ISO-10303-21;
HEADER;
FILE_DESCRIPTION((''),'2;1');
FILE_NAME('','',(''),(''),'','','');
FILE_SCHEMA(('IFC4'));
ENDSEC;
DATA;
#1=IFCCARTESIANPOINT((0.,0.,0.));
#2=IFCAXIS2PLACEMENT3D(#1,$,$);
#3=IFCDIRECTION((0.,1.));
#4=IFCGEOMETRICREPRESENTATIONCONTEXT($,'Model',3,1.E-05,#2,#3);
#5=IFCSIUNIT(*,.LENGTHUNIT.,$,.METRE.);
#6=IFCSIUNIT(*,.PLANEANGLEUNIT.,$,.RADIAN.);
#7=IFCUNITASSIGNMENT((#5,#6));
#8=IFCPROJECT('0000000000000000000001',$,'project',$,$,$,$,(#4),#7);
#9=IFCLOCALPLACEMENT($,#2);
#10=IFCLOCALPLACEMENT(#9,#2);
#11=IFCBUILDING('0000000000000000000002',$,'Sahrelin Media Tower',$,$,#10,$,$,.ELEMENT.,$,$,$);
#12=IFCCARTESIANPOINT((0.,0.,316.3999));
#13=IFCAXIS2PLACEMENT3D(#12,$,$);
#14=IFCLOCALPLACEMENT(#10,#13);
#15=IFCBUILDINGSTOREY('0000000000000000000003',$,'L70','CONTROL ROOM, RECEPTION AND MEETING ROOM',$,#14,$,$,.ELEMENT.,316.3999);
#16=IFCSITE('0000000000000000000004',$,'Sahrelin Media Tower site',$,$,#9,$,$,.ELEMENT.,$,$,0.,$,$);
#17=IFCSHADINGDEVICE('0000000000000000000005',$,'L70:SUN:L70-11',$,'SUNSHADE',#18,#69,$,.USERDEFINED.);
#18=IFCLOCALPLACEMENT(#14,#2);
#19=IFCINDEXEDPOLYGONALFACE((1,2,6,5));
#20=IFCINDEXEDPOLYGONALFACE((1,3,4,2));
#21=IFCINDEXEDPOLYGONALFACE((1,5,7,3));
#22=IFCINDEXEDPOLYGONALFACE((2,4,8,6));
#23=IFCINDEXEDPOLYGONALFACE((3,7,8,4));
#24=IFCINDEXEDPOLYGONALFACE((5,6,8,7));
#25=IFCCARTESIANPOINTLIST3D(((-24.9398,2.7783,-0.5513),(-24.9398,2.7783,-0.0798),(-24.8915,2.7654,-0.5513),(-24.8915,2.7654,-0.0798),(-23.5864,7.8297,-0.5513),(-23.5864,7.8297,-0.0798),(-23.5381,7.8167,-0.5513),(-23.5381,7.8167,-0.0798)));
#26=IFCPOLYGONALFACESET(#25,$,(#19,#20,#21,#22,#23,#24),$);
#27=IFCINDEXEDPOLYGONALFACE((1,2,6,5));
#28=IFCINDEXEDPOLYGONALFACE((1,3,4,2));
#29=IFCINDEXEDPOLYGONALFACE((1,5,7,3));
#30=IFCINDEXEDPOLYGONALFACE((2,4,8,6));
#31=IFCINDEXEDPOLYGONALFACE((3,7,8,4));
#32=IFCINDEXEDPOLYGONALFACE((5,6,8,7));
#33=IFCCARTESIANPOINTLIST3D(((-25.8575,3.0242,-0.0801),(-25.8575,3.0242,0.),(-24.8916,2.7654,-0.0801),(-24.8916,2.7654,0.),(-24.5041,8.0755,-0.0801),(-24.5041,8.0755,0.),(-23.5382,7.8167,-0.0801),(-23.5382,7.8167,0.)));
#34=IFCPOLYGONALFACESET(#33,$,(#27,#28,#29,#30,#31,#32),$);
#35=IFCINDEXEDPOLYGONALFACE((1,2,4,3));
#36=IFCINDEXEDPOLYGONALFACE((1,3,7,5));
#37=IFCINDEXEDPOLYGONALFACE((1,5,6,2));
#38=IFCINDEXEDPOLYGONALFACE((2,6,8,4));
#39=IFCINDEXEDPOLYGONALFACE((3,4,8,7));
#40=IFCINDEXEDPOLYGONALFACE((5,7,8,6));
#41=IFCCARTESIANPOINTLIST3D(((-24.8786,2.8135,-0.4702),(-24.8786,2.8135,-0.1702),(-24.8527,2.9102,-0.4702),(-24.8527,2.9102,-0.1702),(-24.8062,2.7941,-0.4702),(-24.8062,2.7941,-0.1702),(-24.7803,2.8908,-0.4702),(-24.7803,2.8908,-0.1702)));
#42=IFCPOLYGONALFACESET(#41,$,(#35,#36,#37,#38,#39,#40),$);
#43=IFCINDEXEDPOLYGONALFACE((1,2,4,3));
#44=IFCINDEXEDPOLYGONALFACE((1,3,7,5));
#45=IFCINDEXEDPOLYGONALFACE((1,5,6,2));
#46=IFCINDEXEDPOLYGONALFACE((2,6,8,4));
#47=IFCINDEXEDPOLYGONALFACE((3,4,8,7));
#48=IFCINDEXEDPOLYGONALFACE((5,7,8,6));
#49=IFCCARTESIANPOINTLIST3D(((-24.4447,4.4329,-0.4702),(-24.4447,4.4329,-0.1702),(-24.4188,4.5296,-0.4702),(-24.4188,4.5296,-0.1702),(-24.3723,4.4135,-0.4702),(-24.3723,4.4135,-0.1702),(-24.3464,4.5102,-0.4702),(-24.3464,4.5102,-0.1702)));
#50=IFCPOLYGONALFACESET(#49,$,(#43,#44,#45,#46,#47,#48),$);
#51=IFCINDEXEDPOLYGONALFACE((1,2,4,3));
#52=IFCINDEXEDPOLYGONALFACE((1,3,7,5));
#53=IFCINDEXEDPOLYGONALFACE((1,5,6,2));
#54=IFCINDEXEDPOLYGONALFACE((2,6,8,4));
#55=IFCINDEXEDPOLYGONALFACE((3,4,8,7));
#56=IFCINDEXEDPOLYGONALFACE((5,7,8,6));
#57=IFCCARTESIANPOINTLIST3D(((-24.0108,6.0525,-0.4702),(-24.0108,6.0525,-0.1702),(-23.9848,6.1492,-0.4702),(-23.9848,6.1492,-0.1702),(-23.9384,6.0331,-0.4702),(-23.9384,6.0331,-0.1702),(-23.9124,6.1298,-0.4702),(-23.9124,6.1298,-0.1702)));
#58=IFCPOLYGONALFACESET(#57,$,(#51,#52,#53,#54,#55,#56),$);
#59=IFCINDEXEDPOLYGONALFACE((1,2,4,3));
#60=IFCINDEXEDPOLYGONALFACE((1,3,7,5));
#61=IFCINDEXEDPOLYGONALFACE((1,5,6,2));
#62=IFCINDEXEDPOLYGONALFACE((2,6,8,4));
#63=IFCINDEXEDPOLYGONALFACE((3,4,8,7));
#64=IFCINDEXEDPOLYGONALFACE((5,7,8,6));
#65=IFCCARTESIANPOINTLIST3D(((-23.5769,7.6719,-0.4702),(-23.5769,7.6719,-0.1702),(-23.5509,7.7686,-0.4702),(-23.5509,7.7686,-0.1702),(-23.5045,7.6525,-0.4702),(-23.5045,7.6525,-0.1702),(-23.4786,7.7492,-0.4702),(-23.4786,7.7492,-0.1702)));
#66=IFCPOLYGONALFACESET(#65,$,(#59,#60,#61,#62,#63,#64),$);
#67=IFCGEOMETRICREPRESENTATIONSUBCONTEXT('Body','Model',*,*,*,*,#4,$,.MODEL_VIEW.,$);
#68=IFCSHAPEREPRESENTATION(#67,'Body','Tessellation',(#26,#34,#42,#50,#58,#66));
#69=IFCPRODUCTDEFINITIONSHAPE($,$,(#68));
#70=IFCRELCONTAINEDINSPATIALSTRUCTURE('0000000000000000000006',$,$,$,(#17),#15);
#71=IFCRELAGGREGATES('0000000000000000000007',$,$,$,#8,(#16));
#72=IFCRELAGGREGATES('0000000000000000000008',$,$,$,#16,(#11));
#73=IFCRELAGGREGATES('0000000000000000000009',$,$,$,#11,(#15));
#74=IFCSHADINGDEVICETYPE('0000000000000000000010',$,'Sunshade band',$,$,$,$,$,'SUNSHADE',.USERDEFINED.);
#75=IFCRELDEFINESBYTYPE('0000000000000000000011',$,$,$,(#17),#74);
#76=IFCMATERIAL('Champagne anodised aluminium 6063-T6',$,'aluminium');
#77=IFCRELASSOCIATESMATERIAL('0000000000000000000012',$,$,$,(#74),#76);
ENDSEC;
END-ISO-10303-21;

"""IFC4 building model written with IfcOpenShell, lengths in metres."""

from ifc_helpers import new_model, si_unit, direction, frame, origin, origin_2d, place, context, subcontext, project, spatial, rectangle, extrude, material, type_object, element, save


model = new_model("IFC4")

# Units and contexts
model_context = context("Model", 3, precision=1e-05, world=origin(), true_north=direction((0.0, 1.0)))
body_context = subcontext(model_context, "Body", "Model", "MODEL_VIEW")
ifc_project = project(units=[si_unit("LENGTHUNIT", "METRE"), si_unit("PLANEANGLEUNIT", "RADIAN")], contexts=[model_context])

# Site, building, storey
site_placement = place(None, origin())
site = spatial("IfcSite", under=ifc_project, at=site_placement, Name="Sahrelin Media Tower site", CompositionType="ELEMENT", RefElevation=0.0)
building_placement = place(site_placement, origin())
building = spatial("IfcBuilding", under=site, at=building_placement, Name="Sahrelin Media Tower", CompositionType="ELEMENT")
storey_placement = place(building_placement, frame((0.0, 0.0, 316.3999)))
storey = spatial("IfcBuildingStorey", under=building, at=storey_placement, Name="L70", Description="CONTROL ROOM, RECEPTION AND MEETING ROOM", CompositionType="ELEMENT", Elevation=316.3999)

# Shared definitions
ifc_material_1 = material(Name="Champagne anodised aluminium 6063-T6", Category="aluminium")

# Shading device
placement_1 = place(storey_placement, frame((-24.1956, 5.2859, 0.0), z_axis=(0.0, 0.0, 1.0), x_axis=(0.258808, 0.965929, 0.0)))
shading_device_type_1 = type_object("IfcShadingDeviceType", Name="Sunshade band", ElementType="SUNSHADE", PredefinedType="USERDEFINED", material=ifc_material_1)
element("IfcShadingDevice", 1, at=placement_1, inside=storey, type_object=shading_device_type_1, Name="L70:SUN:L70-11", ObjectType="SUNSHADE", PredefinedType="USERDEFINED", context=body_context, shape_type="SweptSolid", body=[
    extrude(rectangle(XDim=5.2295, YDim=0.05, at=origin_2d()), frame((0.0, 0.0449, -0.5513)), (0.0, 0.0, 1.0), 0.4714),
    extrude(rectangle(XDim=5.2295, YDim=1.0, at=origin_2d()), frame((0.0, 0.52, -0.0801)), (0.0, 0.0, 1.0), 0.0801),
    extrude(rectangle(XDim=0.1001, YDim=0.075, at=origin_2d()), frame((-2.5149, -0.0176, -0.4702)), (0.0, 0.0, 1.0), 0.3),
    extrude(rectangle(XDim=0.1001, YDim=0.075, at=origin_2d()), frame((-0.8384, -0.0176, -0.4702)), (0.0, 0.0, 1.0), 0.3),
    extrude(rectangle(XDim=0.1001, YDim=0.075, at=origin_2d()), frame((0.8384, -0.0176, -0.4702)), (0.0, 0.0, 1.0), 0.3),
    extrude(rectangle(XDim=0.1001, YDim=0.075, at=origin_2d()), frame((2.5149, -0.0176, -0.4702)), (0.0, 0.0, 1.0), 0.3),
])

save(model, "model.ifc")
